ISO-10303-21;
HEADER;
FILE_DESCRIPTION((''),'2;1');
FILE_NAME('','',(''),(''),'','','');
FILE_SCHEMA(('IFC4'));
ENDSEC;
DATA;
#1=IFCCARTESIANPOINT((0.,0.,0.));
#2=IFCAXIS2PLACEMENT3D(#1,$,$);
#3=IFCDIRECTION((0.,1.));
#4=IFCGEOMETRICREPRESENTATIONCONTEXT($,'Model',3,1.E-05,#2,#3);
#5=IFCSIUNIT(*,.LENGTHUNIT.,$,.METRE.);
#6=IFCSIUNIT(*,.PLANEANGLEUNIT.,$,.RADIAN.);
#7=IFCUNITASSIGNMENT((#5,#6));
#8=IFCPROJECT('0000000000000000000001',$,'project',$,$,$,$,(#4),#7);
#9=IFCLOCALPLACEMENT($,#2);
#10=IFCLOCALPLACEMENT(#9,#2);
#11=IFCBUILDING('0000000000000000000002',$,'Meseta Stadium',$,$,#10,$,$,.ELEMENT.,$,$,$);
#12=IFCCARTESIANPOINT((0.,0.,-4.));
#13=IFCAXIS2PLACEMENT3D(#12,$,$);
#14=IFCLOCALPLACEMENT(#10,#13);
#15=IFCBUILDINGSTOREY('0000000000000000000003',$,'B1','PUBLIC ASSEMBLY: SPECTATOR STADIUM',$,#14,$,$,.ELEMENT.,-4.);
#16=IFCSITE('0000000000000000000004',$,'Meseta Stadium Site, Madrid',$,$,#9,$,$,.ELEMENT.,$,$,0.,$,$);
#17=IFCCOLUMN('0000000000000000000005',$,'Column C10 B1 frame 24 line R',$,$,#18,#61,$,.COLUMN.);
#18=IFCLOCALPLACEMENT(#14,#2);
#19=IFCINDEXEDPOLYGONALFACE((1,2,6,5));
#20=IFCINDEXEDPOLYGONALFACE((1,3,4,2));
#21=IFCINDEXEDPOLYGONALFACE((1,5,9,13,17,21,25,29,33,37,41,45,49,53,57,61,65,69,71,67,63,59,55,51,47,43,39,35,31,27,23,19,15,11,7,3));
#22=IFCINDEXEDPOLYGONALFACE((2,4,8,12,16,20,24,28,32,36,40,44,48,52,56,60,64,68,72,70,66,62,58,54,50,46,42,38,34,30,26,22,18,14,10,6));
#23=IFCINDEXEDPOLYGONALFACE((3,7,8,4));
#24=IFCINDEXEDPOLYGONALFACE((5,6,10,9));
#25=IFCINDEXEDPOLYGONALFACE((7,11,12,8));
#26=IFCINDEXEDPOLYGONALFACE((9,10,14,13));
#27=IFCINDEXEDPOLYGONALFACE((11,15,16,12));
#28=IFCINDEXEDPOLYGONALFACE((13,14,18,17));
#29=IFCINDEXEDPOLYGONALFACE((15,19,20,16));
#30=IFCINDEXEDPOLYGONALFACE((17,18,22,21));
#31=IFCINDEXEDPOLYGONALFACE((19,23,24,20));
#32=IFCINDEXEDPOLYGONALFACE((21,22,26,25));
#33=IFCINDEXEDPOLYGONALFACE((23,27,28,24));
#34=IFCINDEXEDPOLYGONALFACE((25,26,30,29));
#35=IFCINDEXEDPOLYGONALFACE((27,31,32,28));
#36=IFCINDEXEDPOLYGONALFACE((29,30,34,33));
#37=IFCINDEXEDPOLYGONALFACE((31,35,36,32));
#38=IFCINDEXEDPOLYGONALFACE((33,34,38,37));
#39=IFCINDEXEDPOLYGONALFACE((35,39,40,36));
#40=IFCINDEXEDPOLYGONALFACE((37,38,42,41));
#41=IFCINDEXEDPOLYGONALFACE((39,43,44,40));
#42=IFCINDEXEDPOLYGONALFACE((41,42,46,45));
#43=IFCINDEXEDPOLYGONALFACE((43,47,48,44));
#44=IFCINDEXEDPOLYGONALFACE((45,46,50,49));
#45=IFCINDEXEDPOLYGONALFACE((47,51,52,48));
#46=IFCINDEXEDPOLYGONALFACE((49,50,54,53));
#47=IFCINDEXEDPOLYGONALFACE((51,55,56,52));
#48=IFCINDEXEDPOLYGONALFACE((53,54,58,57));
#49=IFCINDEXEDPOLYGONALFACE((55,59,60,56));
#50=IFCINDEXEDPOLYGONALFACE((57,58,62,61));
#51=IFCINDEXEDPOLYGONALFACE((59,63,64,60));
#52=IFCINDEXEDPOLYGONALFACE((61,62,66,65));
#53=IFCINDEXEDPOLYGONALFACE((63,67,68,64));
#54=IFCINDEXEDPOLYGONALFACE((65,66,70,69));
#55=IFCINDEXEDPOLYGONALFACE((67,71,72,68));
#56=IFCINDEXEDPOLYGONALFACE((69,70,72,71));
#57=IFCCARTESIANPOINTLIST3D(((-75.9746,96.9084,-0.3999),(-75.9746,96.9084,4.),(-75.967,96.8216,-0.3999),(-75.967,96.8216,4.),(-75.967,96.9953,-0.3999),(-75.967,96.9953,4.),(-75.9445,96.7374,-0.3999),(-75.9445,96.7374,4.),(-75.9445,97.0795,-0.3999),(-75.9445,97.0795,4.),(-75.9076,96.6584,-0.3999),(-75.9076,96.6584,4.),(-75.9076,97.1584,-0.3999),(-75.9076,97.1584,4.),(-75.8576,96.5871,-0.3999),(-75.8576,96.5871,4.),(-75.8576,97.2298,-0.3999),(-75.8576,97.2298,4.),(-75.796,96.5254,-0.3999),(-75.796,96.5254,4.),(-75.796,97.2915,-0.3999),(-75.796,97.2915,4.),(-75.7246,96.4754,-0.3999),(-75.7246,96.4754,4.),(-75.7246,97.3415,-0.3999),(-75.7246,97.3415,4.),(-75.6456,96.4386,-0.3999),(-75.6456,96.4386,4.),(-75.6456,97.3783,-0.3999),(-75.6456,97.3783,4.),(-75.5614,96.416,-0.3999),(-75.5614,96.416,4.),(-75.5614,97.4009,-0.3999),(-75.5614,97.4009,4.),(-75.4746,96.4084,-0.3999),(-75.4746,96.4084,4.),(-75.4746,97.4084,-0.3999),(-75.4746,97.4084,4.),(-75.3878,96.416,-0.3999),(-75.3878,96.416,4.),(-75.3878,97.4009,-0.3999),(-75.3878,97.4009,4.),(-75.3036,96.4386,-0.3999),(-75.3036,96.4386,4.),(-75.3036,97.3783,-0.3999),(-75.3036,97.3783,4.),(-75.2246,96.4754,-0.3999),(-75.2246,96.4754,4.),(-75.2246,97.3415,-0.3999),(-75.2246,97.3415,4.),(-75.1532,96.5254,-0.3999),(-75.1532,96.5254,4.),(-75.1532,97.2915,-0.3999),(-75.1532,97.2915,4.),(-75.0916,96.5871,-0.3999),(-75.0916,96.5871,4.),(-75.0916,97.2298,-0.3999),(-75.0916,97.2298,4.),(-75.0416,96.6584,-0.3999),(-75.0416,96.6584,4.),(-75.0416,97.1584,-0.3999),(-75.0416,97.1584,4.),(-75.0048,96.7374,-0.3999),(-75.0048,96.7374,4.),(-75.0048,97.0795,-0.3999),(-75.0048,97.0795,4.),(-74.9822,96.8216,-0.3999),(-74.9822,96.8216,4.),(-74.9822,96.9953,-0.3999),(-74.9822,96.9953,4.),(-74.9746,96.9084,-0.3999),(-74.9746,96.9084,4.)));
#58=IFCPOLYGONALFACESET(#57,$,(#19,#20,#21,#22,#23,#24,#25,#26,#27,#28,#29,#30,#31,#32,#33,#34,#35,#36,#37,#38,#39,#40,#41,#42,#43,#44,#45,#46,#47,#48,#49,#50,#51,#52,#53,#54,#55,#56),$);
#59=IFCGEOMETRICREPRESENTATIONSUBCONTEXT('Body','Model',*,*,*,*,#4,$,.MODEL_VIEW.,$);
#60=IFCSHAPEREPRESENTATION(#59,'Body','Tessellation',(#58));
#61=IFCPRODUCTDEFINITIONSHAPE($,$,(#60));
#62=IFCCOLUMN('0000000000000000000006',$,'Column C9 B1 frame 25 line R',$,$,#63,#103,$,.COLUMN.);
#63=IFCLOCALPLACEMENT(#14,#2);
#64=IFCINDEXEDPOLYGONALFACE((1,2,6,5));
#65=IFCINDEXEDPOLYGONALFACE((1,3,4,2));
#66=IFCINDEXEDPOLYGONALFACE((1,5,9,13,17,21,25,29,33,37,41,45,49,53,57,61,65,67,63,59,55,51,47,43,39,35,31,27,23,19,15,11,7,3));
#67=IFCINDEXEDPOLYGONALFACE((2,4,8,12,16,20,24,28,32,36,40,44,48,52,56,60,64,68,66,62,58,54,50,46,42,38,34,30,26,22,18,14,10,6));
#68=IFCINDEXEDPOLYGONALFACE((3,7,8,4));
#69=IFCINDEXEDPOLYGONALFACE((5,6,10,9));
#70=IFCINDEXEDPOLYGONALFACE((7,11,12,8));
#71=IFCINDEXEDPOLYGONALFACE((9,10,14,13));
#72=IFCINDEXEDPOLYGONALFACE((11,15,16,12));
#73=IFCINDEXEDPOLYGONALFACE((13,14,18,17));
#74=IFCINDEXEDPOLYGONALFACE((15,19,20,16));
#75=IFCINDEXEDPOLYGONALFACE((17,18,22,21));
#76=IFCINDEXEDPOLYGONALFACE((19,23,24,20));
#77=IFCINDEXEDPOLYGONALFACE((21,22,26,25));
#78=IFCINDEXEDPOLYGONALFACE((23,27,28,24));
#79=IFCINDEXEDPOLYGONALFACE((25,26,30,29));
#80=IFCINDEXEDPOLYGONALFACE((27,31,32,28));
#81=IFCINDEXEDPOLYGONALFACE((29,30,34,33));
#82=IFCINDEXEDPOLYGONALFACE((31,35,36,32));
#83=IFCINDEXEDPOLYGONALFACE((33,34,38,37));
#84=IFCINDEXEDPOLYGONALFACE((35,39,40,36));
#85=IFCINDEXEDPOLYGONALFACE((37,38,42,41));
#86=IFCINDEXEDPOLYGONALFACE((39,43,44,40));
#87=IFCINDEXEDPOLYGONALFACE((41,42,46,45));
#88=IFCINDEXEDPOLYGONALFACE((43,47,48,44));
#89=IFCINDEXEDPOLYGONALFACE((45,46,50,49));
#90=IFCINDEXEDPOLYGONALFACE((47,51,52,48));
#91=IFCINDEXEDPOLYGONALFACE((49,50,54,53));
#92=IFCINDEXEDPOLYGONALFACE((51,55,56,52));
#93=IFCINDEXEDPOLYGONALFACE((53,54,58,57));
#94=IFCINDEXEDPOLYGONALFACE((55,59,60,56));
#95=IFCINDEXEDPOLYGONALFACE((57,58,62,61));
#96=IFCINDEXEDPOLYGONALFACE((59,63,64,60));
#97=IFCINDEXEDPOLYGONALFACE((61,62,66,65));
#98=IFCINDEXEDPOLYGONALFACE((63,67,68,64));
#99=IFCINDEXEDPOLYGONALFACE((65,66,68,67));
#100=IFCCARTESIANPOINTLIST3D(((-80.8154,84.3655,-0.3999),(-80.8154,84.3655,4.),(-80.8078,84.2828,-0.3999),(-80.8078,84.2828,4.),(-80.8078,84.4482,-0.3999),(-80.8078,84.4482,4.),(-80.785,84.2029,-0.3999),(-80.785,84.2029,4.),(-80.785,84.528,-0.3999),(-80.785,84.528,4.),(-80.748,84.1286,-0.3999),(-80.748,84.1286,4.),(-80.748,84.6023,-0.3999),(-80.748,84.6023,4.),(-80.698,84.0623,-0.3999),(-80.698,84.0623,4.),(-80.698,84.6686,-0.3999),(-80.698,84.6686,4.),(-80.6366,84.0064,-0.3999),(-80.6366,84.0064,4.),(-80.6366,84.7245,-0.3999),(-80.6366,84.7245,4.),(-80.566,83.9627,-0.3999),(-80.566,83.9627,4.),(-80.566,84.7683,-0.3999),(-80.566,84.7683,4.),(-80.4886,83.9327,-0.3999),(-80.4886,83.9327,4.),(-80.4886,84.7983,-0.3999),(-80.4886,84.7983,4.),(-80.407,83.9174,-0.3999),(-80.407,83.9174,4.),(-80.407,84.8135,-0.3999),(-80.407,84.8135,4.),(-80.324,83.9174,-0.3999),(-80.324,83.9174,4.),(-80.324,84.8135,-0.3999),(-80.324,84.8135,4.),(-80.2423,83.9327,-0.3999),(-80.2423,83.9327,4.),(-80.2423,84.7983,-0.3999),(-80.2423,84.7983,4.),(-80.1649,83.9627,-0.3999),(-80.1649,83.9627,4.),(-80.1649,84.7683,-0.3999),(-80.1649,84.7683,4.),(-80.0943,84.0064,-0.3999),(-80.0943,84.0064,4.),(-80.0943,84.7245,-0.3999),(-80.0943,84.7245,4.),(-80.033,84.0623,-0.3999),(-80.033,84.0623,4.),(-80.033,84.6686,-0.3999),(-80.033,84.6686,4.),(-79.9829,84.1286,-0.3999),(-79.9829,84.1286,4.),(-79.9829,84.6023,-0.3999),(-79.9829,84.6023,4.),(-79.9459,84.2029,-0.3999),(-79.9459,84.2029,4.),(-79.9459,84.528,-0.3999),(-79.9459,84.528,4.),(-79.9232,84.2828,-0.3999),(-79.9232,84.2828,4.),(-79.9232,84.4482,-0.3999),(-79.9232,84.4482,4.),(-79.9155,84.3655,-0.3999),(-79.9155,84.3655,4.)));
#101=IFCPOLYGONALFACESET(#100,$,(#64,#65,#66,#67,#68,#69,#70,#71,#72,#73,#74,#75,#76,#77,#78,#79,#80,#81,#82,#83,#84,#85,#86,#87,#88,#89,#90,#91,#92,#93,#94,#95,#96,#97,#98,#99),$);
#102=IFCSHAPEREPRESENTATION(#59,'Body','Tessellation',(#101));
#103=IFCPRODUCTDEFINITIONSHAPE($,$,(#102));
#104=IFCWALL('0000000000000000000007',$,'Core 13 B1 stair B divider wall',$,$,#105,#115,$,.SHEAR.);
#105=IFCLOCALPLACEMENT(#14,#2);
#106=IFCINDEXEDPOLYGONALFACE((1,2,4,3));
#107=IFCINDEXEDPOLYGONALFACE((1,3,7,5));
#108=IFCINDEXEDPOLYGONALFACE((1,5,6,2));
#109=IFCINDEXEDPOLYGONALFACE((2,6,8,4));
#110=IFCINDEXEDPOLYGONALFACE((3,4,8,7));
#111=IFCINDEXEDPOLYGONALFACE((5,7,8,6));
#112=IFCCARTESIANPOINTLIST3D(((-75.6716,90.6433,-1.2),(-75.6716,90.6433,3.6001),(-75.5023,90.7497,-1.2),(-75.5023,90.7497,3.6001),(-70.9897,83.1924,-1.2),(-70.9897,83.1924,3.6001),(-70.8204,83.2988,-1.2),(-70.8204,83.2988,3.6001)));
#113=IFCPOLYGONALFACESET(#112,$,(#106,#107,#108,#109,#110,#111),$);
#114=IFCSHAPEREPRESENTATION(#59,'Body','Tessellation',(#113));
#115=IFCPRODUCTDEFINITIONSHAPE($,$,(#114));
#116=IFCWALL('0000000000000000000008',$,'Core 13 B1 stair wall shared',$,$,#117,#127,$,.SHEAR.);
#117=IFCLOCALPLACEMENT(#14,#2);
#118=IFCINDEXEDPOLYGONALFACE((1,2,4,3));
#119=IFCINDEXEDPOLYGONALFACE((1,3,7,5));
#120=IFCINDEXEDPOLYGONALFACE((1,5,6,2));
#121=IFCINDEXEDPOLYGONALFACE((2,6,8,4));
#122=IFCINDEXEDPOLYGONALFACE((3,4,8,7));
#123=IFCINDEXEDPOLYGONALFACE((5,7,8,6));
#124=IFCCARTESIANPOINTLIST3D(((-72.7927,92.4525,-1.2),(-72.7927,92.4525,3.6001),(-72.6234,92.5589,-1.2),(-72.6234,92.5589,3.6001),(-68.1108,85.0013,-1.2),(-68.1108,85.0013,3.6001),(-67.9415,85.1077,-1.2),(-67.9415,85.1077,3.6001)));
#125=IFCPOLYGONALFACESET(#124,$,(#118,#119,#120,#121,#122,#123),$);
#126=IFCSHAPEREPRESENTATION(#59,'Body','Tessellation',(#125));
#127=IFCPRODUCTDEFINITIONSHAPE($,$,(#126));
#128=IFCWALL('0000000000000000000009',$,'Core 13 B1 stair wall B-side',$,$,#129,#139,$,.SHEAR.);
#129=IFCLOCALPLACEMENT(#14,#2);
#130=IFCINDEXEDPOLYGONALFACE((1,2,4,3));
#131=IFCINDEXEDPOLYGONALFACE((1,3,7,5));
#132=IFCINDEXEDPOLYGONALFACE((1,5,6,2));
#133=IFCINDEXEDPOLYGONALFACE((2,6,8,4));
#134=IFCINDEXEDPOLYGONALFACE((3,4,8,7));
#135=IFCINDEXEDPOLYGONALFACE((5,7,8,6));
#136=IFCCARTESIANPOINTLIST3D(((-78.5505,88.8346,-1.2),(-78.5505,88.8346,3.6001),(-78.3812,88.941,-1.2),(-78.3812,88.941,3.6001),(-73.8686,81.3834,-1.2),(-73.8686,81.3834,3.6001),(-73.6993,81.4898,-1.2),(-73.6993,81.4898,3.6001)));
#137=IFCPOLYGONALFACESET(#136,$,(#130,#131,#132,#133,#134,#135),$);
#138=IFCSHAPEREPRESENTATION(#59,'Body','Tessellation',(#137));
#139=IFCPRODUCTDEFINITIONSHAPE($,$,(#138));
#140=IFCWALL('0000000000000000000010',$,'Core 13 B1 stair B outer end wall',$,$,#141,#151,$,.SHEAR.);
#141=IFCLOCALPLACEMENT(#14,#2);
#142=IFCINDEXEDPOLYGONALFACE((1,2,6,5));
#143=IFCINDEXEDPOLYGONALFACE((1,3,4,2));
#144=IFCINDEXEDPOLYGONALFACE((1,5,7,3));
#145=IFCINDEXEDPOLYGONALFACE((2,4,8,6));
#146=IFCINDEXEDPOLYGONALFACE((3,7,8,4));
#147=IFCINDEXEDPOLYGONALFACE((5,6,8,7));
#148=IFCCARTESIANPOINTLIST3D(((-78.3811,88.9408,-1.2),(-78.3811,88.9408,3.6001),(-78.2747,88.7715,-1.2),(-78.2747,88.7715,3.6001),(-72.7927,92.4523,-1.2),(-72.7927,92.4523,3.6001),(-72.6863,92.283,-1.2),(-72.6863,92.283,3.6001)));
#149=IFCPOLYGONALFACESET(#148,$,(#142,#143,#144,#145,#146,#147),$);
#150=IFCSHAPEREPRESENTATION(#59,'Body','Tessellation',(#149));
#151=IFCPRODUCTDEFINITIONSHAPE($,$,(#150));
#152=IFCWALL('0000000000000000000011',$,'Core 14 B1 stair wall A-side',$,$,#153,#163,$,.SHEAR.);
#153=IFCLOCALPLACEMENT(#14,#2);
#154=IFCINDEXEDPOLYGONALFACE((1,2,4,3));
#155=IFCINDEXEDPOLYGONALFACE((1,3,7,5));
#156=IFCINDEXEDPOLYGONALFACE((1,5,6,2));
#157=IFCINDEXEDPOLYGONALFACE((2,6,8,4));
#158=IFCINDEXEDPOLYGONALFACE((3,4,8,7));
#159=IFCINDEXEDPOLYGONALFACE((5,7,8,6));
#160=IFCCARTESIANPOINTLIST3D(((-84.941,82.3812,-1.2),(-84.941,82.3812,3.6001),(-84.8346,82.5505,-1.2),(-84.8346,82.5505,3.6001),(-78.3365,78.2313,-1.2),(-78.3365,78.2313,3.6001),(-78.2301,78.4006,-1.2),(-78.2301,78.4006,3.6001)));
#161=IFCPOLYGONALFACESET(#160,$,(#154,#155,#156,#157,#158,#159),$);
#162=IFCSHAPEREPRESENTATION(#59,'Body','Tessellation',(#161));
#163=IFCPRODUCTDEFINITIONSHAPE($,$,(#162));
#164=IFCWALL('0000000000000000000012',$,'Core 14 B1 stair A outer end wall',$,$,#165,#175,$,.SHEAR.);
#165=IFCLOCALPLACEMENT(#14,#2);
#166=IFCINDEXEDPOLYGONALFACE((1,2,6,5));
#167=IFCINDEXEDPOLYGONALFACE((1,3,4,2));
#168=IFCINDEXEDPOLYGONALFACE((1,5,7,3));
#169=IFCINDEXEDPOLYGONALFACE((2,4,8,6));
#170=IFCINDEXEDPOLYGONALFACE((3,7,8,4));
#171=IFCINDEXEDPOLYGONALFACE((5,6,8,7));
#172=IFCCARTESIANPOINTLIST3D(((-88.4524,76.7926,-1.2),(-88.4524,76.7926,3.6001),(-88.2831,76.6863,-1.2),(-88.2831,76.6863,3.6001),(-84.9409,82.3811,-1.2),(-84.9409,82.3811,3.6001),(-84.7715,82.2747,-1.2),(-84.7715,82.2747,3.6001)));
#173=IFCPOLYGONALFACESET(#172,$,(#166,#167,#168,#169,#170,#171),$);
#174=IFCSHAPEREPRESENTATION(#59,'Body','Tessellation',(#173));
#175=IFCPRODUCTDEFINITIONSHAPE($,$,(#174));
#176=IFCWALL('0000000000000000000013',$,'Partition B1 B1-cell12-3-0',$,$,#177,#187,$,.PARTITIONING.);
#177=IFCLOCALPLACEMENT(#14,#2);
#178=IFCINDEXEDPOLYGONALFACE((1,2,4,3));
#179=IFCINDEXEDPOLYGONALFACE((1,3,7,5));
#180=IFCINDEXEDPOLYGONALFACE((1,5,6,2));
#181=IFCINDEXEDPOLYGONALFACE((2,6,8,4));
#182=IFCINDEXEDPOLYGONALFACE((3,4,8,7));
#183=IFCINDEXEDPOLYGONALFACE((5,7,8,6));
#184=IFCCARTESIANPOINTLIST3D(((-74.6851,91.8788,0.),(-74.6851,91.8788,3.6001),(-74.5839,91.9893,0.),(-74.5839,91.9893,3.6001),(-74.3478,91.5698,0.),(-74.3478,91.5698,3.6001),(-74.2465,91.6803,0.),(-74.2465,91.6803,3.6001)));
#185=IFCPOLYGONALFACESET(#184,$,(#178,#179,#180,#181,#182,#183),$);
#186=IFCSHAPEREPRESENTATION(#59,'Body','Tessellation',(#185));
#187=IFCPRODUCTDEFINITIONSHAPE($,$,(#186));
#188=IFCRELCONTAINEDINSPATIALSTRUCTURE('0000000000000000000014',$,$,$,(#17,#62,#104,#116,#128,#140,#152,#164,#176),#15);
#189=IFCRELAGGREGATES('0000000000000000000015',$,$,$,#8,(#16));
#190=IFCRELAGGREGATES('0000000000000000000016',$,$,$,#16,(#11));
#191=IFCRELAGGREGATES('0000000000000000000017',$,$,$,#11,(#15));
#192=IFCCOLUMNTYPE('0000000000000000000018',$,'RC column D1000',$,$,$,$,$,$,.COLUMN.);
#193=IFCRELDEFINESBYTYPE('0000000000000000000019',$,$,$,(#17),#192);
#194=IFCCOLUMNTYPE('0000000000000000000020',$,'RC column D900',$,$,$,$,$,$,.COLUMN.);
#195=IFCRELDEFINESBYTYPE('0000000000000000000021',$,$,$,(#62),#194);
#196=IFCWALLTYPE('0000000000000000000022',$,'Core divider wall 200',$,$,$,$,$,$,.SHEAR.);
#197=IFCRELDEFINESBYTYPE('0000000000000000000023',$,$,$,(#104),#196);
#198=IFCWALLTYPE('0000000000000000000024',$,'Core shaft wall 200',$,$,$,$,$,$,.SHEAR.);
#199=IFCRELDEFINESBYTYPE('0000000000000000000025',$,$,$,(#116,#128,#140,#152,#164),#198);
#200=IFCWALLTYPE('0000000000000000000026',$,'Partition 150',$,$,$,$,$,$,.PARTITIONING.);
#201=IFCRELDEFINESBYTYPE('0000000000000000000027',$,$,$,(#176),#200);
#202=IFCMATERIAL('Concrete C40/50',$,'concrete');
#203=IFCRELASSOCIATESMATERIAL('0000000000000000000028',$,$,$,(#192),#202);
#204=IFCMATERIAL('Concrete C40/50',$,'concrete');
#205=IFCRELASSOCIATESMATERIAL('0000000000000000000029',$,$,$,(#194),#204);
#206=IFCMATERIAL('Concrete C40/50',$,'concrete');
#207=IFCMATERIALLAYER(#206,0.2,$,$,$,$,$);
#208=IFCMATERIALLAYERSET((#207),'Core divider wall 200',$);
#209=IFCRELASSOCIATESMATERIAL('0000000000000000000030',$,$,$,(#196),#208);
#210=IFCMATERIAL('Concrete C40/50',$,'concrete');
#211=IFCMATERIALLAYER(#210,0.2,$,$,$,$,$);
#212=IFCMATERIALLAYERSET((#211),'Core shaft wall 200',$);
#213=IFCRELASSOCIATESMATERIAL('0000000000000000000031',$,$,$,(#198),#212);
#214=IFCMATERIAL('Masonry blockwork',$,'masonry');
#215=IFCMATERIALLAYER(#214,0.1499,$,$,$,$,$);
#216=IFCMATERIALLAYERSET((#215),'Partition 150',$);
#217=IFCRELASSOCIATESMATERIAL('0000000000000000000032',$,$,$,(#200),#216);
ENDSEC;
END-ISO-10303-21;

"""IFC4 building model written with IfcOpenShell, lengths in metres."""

from ifc_helpers import new_model, si_unit, direction, frame, frame_2d, origin, origin_2d, place, context, subcontext, project, spatial, rectangle, circle, extrude, material, layer, layer_set, material_profile, profile_set, type_object, element, save


model = new_model("IFC4")

# Units and contexts
model_context = context("Model", 3, precision=1e-05, world=origin(), true_north=direction((0.0, 1.0)))
body_context = subcontext(model_context, "Body", "Model", "MODEL_VIEW")
ifc_project = project(units=[si_unit("LENGTHUNIT", "METRE"), si_unit("PLANEANGLEUNIT", "RADIAN")], contexts=[model_context])

# Site, building, storey
site_placement = place(None, origin())
site = spatial("IfcSite", under=ifc_project, at=site_placement, Name="Meseta Stadium Site, Madrid", CompositionType="ELEMENT", RefElevation=0.0)
building_placement = place(site_placement, origin())
building = spatial("IfcBuilding", under=site, at=building_placement, Name="Meseta Stadium", CompositionType="ELEMENT")
storey_placement = place(building_placement, frame((0.0, 0.0, -4.0)))
storey = spatial("IfcBuildingStorey", under=building, at=storey_placement, Name="B1", Description="PUBLIC ASSEMBLY: SPECTATOR STADIUM", CompositionType="ELEMENT", Elevation=-4.0)

# Columns
ifc_material_1 = material(Name="Concrete C40/50", Category="concrete")
ifc_material_profile_1 = material_profile(ifc_material_1, circle(Radius=0.5, at=origin_2d()), Name="RC D1000")
ifc_profile_set_1 = profile_set([ifc_material_profile_1], Name="Concrete C40/50")
column_type_1 = type_object("IfcColumnType", Name="RC column D1000", PredefinedType="COLUMN", material=ifc_profile_set_1)
column_1_placement = place(storey_placement, frame((-75.4746, 96.9084, -0.3999), z_axis=(0.0, 0.0, 1.0), x_axis=(1.0, 0.0, 0.0)))
element("IfcColumn", 1, at=column_1_placement, inside=storey, type_object=column_type_1, Name="Column C10 B1 frame 24 line R", PredefinedType="COLUMN", context=body_context, shape_type="SweptSolid", body=[
    extrude(circle(Radius=0.5, at=origin_2d()), origin(), (0.0, 0.0, 1.0), 4.3999),
])
ifc_material_2 = material(Name="Concrete C40/50", Category="concrete")
ifc_material_profile_2 = material_profile(ifc_material_2, circle(Radius=0.45, at=origin_2d()), Name="RC D900")
ifc_profile_set_2 = profile_set([ifc_material_profile_2], Name="Concrete C40/50")
column_type_2 = type_object("IfcColumnType", Name="RC column D900", PredefinedType="COLUMN", material=ifc_profile_set_2)
column_2_placement = place(storey_placement, frame((-80.3655, 84.3655, -0.3999), z_axis=(0.0, 0.0, 1.0), x_axis=(1.0, 0.0, 0.0)))
element("IfcColumn", 2, at=column_2_placement, inside=storey, type_object=column_type_2, Name="Column C9 B1 frame 25 line R", PredefinedType="COLUMN", context=body_context, shape_type="SweptSolid", body=[
    extrude(circle(Radius=0.45, at=origin_2d()), origin(), (0.0, 0.0, 1.0), 4.3999),
])

# Walls
ifc_material_3 = material(Name="Concrete C40/50", Category="concrete")
ifc_layer_1 = layer(ifc_material_3, 0.2)
ifc_layer_set_1 = layer_set([ifc_layer_1], Name="Core divider wall 200")
wall_type_1 = type_object("IfcWallType", Name="Core divider wall 200", PredefinedType="SHEAR", material=ifc_layer_set_1)
wall_1_placement = place(storey_placement, frame((-75.5869, 90.6965, -1.2), z_axis=(0.0, 0.0, 1.0), x_axis=(0.532045, -0.846716, 0.0)))
element("IfcWall", 3, at=wall_1_placement, inside=storey, type_object=wall_type_1, Name="Core 13 B1 stair B divider wall", PredefinedType="SHEAR", context=body_context, shape_type="SweptSolid", body=[
    extrude(rectangle(XDim=8.7998, YDim=0.2, at=frame_2d((4.3999, 0.0))), origin(), (0.0, 0.0, 1.0), 4.8),
])
ifc_material_4 = material(Name="Concrete C40/50", Category="concrete")
ifc_layer_2 = layer(ifc_material_4, 0.2)
ifc_layer_set_2 = layer_set([ifc_layer_2], Name="Core shaft wall 200")
wall_type_2 = type_object("IfcWallType", Name="Core shaft wall 200", PredefinedType="SHEAR", material=ifc_layer_set_2)
for number, where, z_axis, x_axis, name in (
    (4, (-72.708, 92.5056, -1.2), (0.0, 0.0, 1.0), (0.532032, -0.846724, 0.0), "Core 13 B1 stair wall shared"),
    (5, (-78.4658, 88.8877, -1.2), (0.0, 0.0, 1.0), (0.532032, -0.846724, 0.0), "Core 13 B1 stair wall B-side"),
):
    element("IfcWall", number, at=place(storey_placement, frame(where, z_axis=z_axis, x_axis=x_axis)), inside=storey, type_object=wall_type_2, Name=name, PredefinedType="SHEAR", context=body_context, shape_type="SweptSolid", body=[
        extrude(rectangle(XDim=8.8, YDim=0.2, at=frame_2d((4.3999, 0.0))), origin(), (0.0, 0.0, 1.0), 4.8),
    ])
wall_2_placement = place(storey_placement, frame((-72.7395, 92.3677, -1.2), z_axis=(0.0, 0.0, 1.0), x_axis=(-0.84672, -0.532039, 0.0)))
element("IfcWall", 6, at=wall_2_placement, inside=storey, type_object=wall_type_2, Name="Core 13 B1 stair B outer end wall", PredefinedType="SHEAR", context=body_context, shape_type="SweptSolid", body=[
    extrude(rectangle(XDim=6.6001, YDim=0.2, at=frame_2d((3.3, 0.0))), origin(), (0.0, 0.0, 1.0), 4.8),
])
wall_3_placement = place(storey_placement, frame((-84.8877, 82.4658, -1.2), z_axis=(0.0, 0.0, 1.0), x_axis=(0.846723, -0.532034, 0.0)))
element("IfcWall", 7, at=wall_3_placement, inside=storey, type_object=wall_type_2, Name="Core 14 B1 stair wall A-side", PredefinedType="SHEAR", context=body_context, shape_type="SweptSolid", body=[
    extrude(rectangle(XDim=7.8, YDim=0.2, at=frame_2d((3.8999, 0.0))), origin(), (0.0, 0.0, 1.0), 4.8),
])
wall_4_placement = place(storey_placement, frame((-84.8562, 82.3279, -1.2), z_axis=(0.0, 0.0, 1.0), x_axis=(-0.532039, -0.84672, 0.0)))
element("IfcWall", 8, at=wall_4_placement, inside=storey, type_object=wall_type_2, Name="Core 14 B1 stair A outer end wall", PredefinedType="SHEAR", context=body_context, shape_type="SweptSolid", body=[
    extrude(rectangle(XDim=6.6001, YDim=0.2, at=frame_2d((3.3, 0.0))), origin(), (0.0, 0.0, 1.0), 4.8),
])
ifc_material_5 = material(Name="Masonry blockwork", Category="masonry")
ifc_layer_3 = layer(ifc_material_5, 0.1499)
ifc_layer_set_3 = layer_set([ifc_layer_3], Name="Partition 150")
wall_type_3 = type_object("IfcWallType", Name="Partition 150", PredefinedType="PARTITIONING", material=ifc_layer_set_3)
wall_5_placement = place(storey_placement, frame((-74.6345, 91.9341, 0.0), z_axis=(0.0, 0.0, 1.0), x_axis=(0.737376, -0.675483, 0.0)))
element("IfcWall", 9, at=wall_5_placement, inside=storey, type_object=wall_type_3, Name="Partition B1 B1-cell12-3-0", PredefinedType="PARTITIONING", context=body_context, shape_type="SweptSolid", body=[
    extrude(rectangle(XDim=0.4575, YDim=0.1499, at=frame_2d((0.2288, 0.0))), origin(), (0.0, 0.0, 1.0), 3.6001),
])

save(model, "model.ifc")
